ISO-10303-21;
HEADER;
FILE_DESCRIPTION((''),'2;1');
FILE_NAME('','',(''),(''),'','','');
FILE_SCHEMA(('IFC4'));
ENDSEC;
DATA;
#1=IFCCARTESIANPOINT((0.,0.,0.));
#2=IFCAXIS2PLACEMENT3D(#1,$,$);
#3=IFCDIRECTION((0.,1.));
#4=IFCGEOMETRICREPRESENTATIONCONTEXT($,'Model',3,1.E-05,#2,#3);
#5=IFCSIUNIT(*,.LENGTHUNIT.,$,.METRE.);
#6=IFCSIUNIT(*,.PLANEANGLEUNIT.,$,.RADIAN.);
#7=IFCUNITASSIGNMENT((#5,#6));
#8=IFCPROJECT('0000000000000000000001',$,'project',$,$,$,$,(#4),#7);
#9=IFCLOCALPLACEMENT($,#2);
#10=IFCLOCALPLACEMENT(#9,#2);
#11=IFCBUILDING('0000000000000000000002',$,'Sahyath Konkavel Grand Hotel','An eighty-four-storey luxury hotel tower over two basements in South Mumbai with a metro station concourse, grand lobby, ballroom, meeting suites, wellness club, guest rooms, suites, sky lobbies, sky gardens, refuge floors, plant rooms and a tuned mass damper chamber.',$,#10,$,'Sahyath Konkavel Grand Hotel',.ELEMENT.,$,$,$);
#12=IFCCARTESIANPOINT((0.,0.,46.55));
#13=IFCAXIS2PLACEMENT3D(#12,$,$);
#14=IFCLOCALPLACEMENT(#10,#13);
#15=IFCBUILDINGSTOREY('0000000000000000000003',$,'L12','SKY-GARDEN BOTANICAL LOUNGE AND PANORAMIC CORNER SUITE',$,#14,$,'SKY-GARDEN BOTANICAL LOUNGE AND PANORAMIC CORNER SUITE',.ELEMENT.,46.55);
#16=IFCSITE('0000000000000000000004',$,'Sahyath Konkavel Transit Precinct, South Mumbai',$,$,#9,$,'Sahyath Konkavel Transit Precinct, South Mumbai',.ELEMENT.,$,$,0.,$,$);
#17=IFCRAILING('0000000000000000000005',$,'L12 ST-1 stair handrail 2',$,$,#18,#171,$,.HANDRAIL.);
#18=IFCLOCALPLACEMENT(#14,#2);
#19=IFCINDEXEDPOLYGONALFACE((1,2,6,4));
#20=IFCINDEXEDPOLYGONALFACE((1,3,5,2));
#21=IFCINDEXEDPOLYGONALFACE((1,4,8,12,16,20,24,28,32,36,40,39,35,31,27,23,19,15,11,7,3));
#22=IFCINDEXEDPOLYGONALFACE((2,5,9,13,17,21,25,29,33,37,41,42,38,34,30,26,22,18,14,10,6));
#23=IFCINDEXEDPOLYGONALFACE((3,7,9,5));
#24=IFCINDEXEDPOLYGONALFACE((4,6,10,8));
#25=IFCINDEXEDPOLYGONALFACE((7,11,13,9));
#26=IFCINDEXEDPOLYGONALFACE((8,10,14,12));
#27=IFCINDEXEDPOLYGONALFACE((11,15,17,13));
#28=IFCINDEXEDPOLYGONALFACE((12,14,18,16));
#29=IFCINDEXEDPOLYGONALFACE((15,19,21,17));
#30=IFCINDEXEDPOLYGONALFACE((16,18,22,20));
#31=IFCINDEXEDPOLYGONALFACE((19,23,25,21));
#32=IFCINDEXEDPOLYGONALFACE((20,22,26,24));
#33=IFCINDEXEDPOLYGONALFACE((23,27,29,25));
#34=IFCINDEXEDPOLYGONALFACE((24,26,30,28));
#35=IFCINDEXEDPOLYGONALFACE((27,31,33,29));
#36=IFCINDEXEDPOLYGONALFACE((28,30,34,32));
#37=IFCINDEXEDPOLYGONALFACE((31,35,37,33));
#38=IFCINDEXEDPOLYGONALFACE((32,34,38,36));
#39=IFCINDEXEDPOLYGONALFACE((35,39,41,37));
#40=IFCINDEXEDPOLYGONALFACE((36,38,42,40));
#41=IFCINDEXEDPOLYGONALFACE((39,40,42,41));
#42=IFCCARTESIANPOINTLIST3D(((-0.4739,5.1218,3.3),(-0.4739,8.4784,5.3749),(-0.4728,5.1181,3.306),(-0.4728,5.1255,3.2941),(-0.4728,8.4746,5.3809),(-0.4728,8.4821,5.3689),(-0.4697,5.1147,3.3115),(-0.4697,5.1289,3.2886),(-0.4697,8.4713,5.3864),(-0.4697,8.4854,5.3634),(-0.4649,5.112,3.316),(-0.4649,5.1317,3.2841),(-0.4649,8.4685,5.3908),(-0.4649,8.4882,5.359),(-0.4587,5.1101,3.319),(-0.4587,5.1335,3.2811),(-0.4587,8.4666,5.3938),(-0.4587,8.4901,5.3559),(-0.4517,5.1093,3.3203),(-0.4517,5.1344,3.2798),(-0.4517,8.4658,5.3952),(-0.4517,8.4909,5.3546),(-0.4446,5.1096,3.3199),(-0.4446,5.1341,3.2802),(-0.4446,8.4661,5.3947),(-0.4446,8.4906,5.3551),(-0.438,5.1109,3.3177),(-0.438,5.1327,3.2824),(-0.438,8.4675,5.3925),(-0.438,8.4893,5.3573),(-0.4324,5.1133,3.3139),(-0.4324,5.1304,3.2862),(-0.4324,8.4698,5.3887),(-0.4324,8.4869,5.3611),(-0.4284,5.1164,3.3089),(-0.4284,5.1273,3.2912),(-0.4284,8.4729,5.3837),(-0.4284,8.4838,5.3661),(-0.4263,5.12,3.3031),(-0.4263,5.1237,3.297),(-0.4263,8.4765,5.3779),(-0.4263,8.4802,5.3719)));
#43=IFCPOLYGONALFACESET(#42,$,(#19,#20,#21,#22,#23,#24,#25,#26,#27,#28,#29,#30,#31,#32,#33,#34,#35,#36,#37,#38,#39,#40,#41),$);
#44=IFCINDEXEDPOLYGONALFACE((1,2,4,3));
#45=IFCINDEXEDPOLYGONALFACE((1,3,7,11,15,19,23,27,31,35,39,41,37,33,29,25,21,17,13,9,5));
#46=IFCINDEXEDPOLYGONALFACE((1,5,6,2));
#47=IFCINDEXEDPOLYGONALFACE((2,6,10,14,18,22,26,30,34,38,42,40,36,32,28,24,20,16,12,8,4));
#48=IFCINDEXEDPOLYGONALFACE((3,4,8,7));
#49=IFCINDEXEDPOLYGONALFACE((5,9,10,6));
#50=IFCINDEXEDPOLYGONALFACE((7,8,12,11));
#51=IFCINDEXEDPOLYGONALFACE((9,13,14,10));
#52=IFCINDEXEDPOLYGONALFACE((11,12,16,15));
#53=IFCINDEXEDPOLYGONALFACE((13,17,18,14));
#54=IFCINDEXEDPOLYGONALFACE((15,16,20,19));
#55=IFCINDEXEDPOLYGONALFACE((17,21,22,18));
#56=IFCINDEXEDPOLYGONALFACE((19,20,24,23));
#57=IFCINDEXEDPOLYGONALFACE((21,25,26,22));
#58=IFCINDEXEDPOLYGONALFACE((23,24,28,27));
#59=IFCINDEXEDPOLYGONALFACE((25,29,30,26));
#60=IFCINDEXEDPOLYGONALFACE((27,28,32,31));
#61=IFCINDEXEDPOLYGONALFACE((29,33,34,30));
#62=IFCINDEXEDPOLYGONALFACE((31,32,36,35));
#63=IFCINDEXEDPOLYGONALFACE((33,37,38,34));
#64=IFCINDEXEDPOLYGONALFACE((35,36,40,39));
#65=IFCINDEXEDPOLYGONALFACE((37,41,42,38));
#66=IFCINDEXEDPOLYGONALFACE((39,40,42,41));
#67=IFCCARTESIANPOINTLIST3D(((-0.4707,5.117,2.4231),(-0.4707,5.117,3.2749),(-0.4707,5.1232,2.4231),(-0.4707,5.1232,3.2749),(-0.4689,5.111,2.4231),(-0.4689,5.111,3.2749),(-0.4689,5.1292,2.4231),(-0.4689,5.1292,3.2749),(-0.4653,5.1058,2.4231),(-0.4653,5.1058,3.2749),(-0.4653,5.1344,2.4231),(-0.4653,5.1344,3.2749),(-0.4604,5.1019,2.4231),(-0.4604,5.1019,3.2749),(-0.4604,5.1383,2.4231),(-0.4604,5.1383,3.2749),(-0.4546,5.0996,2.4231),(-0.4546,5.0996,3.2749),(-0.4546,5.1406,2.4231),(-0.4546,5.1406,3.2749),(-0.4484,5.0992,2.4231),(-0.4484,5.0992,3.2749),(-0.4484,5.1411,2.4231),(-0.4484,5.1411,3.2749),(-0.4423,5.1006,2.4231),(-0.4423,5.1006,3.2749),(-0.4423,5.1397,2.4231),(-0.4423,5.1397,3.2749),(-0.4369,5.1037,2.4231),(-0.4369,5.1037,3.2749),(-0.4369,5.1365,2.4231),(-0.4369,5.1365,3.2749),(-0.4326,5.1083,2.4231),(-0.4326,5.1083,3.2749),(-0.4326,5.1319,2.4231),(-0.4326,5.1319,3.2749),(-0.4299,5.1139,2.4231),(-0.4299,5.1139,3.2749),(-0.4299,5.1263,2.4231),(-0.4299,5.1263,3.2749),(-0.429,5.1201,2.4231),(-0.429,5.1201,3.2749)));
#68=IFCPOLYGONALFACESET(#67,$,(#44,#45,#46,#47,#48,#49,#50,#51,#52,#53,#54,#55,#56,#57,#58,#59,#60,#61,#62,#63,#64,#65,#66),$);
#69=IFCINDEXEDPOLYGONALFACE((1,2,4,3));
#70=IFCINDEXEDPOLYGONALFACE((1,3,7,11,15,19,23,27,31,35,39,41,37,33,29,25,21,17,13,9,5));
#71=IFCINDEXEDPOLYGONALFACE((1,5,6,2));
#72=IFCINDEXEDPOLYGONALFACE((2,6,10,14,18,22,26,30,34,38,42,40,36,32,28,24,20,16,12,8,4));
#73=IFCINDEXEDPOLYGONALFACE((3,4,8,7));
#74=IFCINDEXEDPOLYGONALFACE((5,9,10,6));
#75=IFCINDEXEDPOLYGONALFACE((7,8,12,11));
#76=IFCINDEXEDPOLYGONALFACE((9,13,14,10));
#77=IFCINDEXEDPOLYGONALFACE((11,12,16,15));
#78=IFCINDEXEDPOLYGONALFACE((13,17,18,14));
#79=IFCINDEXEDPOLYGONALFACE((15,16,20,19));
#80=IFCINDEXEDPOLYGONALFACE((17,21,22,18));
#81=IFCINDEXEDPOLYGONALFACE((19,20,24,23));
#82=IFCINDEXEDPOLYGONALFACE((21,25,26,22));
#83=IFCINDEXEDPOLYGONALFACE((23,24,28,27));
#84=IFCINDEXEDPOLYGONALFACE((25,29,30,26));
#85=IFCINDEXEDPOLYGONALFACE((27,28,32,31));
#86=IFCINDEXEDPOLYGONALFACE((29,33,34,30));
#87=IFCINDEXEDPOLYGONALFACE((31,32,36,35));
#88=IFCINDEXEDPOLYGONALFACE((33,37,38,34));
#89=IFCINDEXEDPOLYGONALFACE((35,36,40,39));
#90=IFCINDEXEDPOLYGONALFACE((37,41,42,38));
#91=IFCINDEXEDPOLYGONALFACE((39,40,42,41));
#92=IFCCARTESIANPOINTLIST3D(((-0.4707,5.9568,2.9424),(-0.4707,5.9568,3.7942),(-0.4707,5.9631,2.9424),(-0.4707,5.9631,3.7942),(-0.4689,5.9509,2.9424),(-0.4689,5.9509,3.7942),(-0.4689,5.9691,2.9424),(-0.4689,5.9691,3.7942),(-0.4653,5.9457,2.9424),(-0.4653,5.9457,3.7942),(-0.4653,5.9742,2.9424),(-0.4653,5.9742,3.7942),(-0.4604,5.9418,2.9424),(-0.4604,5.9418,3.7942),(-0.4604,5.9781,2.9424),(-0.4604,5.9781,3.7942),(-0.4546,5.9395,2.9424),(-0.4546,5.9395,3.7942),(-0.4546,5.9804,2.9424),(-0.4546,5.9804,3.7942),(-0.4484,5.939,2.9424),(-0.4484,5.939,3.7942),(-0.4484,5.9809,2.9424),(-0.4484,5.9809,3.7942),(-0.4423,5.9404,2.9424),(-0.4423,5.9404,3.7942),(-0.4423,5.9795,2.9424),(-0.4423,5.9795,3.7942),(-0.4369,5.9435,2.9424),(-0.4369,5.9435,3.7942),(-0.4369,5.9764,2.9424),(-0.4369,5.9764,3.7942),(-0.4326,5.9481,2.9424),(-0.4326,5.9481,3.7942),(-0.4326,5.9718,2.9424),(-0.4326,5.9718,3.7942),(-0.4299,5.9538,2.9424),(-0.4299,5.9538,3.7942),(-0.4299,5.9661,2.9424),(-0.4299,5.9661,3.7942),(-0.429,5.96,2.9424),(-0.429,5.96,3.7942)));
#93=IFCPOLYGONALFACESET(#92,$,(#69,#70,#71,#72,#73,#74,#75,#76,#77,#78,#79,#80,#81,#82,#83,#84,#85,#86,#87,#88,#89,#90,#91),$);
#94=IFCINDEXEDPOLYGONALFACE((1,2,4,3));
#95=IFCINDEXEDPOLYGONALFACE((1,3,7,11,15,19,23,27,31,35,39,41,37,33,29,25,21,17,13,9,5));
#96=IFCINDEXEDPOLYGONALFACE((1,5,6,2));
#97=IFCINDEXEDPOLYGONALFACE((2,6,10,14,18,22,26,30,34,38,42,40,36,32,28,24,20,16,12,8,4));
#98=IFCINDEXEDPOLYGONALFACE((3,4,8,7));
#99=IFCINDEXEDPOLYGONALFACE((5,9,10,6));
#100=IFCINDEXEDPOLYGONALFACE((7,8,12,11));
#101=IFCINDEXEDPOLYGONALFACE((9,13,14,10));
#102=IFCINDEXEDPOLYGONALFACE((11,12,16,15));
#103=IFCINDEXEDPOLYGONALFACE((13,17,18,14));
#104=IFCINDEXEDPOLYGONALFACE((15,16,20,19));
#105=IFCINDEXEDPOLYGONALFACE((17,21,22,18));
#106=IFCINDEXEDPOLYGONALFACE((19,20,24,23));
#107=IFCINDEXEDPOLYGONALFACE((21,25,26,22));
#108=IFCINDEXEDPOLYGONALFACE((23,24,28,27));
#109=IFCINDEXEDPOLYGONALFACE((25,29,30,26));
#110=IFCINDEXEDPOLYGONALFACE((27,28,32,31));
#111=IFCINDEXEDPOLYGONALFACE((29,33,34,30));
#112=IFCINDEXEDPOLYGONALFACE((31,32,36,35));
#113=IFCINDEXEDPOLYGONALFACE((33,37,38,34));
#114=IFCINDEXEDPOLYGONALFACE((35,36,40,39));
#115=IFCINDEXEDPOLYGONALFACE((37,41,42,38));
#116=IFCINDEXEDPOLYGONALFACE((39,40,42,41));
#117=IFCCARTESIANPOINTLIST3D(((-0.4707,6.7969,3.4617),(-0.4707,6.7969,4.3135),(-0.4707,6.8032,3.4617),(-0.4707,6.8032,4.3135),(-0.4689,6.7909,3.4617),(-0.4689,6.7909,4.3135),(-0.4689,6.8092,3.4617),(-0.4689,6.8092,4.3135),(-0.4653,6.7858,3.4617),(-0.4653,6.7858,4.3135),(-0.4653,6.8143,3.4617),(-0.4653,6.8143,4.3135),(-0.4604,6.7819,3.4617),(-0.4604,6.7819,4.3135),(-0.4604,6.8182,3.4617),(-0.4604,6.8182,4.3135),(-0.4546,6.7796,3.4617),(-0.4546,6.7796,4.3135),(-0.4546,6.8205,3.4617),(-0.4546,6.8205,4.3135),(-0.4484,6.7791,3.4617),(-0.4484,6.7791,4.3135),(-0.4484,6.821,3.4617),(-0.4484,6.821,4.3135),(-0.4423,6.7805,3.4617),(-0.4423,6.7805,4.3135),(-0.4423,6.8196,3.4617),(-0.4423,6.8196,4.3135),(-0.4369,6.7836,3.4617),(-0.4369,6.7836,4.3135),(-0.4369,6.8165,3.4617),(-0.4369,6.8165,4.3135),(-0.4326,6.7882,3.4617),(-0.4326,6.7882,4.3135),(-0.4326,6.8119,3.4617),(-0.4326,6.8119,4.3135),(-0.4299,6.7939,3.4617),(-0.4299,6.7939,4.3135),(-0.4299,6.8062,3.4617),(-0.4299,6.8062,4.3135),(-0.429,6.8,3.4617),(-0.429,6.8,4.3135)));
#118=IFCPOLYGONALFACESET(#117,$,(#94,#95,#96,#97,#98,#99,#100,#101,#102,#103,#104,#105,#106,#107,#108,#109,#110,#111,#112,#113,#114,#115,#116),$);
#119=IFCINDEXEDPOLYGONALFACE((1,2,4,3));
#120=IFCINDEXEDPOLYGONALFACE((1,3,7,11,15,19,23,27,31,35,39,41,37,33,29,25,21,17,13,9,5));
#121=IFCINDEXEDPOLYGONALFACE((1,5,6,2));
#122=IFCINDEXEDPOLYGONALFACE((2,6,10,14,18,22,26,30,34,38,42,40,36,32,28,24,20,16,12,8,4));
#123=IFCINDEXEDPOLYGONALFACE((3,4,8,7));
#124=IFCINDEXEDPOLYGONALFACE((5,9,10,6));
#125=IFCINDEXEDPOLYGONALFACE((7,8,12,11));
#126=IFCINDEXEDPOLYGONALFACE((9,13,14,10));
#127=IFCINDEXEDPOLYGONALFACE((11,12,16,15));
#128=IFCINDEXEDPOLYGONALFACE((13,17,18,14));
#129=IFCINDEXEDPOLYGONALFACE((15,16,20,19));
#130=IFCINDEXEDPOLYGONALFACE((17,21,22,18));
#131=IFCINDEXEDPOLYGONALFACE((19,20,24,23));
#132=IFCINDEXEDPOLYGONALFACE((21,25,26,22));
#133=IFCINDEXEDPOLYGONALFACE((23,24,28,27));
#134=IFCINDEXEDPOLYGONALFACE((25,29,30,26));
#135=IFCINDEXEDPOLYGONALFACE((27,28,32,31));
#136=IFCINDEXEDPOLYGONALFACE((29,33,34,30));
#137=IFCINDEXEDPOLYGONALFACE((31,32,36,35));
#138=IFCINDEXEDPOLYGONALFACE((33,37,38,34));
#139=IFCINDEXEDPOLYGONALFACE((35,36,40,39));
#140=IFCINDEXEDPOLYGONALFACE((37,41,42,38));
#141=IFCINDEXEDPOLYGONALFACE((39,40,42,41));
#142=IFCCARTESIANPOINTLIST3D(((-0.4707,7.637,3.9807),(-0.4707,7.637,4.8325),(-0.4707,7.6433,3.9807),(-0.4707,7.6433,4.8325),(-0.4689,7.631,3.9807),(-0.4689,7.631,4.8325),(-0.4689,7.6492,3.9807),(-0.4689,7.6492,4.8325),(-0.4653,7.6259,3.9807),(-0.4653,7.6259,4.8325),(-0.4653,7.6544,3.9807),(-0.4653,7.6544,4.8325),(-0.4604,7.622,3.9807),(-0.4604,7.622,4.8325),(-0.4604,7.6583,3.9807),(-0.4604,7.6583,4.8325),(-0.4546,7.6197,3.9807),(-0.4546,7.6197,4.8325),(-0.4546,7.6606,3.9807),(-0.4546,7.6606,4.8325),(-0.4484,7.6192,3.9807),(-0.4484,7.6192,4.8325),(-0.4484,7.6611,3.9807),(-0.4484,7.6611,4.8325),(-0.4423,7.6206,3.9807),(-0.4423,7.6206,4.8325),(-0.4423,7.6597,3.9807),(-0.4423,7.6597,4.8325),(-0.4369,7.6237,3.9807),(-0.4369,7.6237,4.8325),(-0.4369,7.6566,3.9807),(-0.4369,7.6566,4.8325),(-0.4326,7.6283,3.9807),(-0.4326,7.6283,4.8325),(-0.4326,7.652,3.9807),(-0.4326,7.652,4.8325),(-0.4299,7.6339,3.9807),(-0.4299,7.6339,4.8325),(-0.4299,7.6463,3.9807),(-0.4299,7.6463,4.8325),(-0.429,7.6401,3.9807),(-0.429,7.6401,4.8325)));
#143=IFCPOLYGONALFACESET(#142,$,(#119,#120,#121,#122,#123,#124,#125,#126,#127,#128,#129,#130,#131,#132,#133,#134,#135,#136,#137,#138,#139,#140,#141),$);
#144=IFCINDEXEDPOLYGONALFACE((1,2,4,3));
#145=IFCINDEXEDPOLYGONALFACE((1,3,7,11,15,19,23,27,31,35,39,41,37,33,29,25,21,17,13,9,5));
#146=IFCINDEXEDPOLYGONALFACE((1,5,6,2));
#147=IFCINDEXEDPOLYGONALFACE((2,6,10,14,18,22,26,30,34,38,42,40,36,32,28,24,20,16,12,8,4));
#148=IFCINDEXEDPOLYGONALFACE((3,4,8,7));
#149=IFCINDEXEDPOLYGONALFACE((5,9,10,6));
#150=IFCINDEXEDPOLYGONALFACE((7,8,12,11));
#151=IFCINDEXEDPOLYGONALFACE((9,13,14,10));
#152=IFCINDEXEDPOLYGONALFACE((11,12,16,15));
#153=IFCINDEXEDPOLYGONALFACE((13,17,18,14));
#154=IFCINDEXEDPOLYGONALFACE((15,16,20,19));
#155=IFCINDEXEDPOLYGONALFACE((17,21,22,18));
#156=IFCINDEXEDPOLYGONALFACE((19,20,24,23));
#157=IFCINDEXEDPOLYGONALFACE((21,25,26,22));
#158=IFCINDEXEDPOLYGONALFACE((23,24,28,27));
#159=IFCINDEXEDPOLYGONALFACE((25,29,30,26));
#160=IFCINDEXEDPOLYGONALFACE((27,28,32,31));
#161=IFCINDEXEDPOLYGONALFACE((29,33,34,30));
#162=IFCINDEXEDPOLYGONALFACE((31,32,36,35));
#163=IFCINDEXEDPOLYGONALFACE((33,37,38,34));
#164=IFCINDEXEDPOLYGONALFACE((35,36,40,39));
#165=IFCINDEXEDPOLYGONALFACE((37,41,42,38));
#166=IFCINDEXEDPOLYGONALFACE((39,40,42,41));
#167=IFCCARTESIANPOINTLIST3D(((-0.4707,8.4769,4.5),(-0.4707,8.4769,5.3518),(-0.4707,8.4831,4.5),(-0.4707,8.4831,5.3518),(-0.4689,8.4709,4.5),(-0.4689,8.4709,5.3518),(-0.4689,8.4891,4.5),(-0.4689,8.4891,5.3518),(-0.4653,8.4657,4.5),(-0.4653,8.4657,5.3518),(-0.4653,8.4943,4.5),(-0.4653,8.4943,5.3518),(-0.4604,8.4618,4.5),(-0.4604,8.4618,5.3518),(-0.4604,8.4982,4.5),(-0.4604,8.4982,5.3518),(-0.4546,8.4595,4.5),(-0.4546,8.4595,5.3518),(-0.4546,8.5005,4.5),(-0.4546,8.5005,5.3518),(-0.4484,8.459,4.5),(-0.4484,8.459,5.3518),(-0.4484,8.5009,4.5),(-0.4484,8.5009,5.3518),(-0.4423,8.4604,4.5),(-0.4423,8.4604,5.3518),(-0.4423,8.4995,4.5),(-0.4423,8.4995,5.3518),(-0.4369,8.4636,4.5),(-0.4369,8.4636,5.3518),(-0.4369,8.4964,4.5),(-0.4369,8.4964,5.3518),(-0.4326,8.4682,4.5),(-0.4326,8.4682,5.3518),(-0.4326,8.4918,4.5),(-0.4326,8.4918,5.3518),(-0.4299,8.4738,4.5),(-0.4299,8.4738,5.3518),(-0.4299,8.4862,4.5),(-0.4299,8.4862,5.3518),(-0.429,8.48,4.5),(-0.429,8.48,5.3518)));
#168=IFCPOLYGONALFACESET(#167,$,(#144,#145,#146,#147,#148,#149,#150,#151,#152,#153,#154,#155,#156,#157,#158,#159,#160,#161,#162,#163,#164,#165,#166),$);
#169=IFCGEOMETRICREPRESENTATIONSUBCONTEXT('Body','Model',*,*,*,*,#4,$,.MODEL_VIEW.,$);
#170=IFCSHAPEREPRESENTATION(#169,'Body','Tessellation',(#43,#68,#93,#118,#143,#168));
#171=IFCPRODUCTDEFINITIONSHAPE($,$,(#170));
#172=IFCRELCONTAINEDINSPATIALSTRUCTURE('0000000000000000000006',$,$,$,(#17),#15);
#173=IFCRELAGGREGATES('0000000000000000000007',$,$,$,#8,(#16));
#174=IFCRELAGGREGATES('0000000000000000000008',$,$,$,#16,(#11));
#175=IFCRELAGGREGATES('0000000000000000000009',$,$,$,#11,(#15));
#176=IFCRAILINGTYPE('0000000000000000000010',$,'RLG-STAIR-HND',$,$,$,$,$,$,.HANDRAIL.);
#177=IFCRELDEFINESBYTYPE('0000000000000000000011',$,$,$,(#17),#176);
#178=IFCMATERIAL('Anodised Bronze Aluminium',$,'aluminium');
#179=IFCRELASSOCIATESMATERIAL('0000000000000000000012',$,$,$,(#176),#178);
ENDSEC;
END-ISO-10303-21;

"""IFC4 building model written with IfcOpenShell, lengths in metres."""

from ifc_helpers import new_model, si_unit, direction, frame, origin, origin_2d, place, context, subcontext, project, spatial, circle, extrude, material, type_object, element, save


model = new_model("IFC4")

# Units and contexts
model_context = context("Model", 3, precision=1e-05, world=origin(), true_north=direction((0.0, 1.0)))
body_context = subcontext(model_context, "Body", "Model", "MODEL_VIEW")
ifc_project = project(units=[si_unit("LENGTHUNIT", "METRE"), si_unit("PLANEANGLEUNIT", "RADIAN")], contexts=[model_context])

# Site, building, storey
site_placement = place(None, origin())
site = spatial("IfcSite", under=ifc_project, at=site_placement, Name="Sahyath Konkavel Transit Precinct, South Mumbai", LongName="Sahyath Konkavel Transit Precinct, South Mumbai", CompositionType="ELEMENT", RefElevation=0.0)
building_placement = place(site_placement, origin())
building = spatial("IfcBuilding", under=site, at=building_placement, Name="Sahyath Konkavel Grand Hotel", Description="An eighty-four-storey luxury hotel tower over two basements in South Mumbai with a metro station concourse, grand lobby, ballroom, meeting suites, wellness club, guest rooms, suites, sky lobbies, sky gardens, refuge floors, plant rooms and a tuned mass damper chamber.", LongName="Sahyath Konkavel Grand Hotel", CompositionType="ELEMENT")
storey_placement = place(building_placement, frame((0.0, 0.0, 46.55)))
storey = spatial("IfcBuildingStorey", under=building, at=storey_placement, Name="L12", Description="SKY-GARDEN BOTANICAL LOUNGE AND PANORAMIC CORNER SUITE", LongName="SKY-GARDEN BOTANICAL LOUNGE AND PANORAMIC CORNER SUITE", CompositionType="ELEMENT", Elevation=46.55)

# Railing
ifc_material_1 = material(Name="Anodised Bronze Aluminium", Category="aluminium")
railing_type_1 = type_object("IfcRailingType", Name="RLG-STAIR-HND", PredefinedType="HANDRAIL", material=ifc_material_1)
railing_1_placement = place(storey_placement, frame((-0.45, 5.1201, 2.4231)))
element("IfcRailing", 1, at=railing_1_placement, inside=storey, type_object=railing_type_1, Name="L12 ST-1 stair handrail 2", PredefinedType="HANDRAIL", context=body_context, shape_type="SweptSolid", body=[
    extrude(circle(Radius=0.0239, at=origin_2d()), frame((0.0, 0.0017, 0.877), z_axis=(0.0, 0.850606, 0.525803), x_axis=(-1.0, 0.0, 0.0)), (0.0, 0.0, 1.0), 3.946),
    extrude(circle(Radius=0.021, at=origin_2d()), origin(), (0.0, 0.0, 1.0), 0.8518),
    extrude(circle(Radius=0.021, at=origin_2d()), frame((0.0, 0.8398, 0.5193)), (0.0, 0.0, 1.0), 0.8518),
    extrude(circle(Radius=0.021, at=origin_2d()), frame((0.0, 1.6799, 1.0386)), (0.0, 0.0, 1.0), 0.8518),
    extrude(circle(Radius=0.021, at=origin_2d()), frame((0.0, 2.52, 1.5576)), (0.0, 0.0, 1.0), 0.8518),
    extrude(circle(Radius=0.021, at=origin_2d()), frame((0.0, 3.3599, 2.0769)), (0.0, 0.0, 1.0), 0.8518),
])

save(model, "model.ifc")
